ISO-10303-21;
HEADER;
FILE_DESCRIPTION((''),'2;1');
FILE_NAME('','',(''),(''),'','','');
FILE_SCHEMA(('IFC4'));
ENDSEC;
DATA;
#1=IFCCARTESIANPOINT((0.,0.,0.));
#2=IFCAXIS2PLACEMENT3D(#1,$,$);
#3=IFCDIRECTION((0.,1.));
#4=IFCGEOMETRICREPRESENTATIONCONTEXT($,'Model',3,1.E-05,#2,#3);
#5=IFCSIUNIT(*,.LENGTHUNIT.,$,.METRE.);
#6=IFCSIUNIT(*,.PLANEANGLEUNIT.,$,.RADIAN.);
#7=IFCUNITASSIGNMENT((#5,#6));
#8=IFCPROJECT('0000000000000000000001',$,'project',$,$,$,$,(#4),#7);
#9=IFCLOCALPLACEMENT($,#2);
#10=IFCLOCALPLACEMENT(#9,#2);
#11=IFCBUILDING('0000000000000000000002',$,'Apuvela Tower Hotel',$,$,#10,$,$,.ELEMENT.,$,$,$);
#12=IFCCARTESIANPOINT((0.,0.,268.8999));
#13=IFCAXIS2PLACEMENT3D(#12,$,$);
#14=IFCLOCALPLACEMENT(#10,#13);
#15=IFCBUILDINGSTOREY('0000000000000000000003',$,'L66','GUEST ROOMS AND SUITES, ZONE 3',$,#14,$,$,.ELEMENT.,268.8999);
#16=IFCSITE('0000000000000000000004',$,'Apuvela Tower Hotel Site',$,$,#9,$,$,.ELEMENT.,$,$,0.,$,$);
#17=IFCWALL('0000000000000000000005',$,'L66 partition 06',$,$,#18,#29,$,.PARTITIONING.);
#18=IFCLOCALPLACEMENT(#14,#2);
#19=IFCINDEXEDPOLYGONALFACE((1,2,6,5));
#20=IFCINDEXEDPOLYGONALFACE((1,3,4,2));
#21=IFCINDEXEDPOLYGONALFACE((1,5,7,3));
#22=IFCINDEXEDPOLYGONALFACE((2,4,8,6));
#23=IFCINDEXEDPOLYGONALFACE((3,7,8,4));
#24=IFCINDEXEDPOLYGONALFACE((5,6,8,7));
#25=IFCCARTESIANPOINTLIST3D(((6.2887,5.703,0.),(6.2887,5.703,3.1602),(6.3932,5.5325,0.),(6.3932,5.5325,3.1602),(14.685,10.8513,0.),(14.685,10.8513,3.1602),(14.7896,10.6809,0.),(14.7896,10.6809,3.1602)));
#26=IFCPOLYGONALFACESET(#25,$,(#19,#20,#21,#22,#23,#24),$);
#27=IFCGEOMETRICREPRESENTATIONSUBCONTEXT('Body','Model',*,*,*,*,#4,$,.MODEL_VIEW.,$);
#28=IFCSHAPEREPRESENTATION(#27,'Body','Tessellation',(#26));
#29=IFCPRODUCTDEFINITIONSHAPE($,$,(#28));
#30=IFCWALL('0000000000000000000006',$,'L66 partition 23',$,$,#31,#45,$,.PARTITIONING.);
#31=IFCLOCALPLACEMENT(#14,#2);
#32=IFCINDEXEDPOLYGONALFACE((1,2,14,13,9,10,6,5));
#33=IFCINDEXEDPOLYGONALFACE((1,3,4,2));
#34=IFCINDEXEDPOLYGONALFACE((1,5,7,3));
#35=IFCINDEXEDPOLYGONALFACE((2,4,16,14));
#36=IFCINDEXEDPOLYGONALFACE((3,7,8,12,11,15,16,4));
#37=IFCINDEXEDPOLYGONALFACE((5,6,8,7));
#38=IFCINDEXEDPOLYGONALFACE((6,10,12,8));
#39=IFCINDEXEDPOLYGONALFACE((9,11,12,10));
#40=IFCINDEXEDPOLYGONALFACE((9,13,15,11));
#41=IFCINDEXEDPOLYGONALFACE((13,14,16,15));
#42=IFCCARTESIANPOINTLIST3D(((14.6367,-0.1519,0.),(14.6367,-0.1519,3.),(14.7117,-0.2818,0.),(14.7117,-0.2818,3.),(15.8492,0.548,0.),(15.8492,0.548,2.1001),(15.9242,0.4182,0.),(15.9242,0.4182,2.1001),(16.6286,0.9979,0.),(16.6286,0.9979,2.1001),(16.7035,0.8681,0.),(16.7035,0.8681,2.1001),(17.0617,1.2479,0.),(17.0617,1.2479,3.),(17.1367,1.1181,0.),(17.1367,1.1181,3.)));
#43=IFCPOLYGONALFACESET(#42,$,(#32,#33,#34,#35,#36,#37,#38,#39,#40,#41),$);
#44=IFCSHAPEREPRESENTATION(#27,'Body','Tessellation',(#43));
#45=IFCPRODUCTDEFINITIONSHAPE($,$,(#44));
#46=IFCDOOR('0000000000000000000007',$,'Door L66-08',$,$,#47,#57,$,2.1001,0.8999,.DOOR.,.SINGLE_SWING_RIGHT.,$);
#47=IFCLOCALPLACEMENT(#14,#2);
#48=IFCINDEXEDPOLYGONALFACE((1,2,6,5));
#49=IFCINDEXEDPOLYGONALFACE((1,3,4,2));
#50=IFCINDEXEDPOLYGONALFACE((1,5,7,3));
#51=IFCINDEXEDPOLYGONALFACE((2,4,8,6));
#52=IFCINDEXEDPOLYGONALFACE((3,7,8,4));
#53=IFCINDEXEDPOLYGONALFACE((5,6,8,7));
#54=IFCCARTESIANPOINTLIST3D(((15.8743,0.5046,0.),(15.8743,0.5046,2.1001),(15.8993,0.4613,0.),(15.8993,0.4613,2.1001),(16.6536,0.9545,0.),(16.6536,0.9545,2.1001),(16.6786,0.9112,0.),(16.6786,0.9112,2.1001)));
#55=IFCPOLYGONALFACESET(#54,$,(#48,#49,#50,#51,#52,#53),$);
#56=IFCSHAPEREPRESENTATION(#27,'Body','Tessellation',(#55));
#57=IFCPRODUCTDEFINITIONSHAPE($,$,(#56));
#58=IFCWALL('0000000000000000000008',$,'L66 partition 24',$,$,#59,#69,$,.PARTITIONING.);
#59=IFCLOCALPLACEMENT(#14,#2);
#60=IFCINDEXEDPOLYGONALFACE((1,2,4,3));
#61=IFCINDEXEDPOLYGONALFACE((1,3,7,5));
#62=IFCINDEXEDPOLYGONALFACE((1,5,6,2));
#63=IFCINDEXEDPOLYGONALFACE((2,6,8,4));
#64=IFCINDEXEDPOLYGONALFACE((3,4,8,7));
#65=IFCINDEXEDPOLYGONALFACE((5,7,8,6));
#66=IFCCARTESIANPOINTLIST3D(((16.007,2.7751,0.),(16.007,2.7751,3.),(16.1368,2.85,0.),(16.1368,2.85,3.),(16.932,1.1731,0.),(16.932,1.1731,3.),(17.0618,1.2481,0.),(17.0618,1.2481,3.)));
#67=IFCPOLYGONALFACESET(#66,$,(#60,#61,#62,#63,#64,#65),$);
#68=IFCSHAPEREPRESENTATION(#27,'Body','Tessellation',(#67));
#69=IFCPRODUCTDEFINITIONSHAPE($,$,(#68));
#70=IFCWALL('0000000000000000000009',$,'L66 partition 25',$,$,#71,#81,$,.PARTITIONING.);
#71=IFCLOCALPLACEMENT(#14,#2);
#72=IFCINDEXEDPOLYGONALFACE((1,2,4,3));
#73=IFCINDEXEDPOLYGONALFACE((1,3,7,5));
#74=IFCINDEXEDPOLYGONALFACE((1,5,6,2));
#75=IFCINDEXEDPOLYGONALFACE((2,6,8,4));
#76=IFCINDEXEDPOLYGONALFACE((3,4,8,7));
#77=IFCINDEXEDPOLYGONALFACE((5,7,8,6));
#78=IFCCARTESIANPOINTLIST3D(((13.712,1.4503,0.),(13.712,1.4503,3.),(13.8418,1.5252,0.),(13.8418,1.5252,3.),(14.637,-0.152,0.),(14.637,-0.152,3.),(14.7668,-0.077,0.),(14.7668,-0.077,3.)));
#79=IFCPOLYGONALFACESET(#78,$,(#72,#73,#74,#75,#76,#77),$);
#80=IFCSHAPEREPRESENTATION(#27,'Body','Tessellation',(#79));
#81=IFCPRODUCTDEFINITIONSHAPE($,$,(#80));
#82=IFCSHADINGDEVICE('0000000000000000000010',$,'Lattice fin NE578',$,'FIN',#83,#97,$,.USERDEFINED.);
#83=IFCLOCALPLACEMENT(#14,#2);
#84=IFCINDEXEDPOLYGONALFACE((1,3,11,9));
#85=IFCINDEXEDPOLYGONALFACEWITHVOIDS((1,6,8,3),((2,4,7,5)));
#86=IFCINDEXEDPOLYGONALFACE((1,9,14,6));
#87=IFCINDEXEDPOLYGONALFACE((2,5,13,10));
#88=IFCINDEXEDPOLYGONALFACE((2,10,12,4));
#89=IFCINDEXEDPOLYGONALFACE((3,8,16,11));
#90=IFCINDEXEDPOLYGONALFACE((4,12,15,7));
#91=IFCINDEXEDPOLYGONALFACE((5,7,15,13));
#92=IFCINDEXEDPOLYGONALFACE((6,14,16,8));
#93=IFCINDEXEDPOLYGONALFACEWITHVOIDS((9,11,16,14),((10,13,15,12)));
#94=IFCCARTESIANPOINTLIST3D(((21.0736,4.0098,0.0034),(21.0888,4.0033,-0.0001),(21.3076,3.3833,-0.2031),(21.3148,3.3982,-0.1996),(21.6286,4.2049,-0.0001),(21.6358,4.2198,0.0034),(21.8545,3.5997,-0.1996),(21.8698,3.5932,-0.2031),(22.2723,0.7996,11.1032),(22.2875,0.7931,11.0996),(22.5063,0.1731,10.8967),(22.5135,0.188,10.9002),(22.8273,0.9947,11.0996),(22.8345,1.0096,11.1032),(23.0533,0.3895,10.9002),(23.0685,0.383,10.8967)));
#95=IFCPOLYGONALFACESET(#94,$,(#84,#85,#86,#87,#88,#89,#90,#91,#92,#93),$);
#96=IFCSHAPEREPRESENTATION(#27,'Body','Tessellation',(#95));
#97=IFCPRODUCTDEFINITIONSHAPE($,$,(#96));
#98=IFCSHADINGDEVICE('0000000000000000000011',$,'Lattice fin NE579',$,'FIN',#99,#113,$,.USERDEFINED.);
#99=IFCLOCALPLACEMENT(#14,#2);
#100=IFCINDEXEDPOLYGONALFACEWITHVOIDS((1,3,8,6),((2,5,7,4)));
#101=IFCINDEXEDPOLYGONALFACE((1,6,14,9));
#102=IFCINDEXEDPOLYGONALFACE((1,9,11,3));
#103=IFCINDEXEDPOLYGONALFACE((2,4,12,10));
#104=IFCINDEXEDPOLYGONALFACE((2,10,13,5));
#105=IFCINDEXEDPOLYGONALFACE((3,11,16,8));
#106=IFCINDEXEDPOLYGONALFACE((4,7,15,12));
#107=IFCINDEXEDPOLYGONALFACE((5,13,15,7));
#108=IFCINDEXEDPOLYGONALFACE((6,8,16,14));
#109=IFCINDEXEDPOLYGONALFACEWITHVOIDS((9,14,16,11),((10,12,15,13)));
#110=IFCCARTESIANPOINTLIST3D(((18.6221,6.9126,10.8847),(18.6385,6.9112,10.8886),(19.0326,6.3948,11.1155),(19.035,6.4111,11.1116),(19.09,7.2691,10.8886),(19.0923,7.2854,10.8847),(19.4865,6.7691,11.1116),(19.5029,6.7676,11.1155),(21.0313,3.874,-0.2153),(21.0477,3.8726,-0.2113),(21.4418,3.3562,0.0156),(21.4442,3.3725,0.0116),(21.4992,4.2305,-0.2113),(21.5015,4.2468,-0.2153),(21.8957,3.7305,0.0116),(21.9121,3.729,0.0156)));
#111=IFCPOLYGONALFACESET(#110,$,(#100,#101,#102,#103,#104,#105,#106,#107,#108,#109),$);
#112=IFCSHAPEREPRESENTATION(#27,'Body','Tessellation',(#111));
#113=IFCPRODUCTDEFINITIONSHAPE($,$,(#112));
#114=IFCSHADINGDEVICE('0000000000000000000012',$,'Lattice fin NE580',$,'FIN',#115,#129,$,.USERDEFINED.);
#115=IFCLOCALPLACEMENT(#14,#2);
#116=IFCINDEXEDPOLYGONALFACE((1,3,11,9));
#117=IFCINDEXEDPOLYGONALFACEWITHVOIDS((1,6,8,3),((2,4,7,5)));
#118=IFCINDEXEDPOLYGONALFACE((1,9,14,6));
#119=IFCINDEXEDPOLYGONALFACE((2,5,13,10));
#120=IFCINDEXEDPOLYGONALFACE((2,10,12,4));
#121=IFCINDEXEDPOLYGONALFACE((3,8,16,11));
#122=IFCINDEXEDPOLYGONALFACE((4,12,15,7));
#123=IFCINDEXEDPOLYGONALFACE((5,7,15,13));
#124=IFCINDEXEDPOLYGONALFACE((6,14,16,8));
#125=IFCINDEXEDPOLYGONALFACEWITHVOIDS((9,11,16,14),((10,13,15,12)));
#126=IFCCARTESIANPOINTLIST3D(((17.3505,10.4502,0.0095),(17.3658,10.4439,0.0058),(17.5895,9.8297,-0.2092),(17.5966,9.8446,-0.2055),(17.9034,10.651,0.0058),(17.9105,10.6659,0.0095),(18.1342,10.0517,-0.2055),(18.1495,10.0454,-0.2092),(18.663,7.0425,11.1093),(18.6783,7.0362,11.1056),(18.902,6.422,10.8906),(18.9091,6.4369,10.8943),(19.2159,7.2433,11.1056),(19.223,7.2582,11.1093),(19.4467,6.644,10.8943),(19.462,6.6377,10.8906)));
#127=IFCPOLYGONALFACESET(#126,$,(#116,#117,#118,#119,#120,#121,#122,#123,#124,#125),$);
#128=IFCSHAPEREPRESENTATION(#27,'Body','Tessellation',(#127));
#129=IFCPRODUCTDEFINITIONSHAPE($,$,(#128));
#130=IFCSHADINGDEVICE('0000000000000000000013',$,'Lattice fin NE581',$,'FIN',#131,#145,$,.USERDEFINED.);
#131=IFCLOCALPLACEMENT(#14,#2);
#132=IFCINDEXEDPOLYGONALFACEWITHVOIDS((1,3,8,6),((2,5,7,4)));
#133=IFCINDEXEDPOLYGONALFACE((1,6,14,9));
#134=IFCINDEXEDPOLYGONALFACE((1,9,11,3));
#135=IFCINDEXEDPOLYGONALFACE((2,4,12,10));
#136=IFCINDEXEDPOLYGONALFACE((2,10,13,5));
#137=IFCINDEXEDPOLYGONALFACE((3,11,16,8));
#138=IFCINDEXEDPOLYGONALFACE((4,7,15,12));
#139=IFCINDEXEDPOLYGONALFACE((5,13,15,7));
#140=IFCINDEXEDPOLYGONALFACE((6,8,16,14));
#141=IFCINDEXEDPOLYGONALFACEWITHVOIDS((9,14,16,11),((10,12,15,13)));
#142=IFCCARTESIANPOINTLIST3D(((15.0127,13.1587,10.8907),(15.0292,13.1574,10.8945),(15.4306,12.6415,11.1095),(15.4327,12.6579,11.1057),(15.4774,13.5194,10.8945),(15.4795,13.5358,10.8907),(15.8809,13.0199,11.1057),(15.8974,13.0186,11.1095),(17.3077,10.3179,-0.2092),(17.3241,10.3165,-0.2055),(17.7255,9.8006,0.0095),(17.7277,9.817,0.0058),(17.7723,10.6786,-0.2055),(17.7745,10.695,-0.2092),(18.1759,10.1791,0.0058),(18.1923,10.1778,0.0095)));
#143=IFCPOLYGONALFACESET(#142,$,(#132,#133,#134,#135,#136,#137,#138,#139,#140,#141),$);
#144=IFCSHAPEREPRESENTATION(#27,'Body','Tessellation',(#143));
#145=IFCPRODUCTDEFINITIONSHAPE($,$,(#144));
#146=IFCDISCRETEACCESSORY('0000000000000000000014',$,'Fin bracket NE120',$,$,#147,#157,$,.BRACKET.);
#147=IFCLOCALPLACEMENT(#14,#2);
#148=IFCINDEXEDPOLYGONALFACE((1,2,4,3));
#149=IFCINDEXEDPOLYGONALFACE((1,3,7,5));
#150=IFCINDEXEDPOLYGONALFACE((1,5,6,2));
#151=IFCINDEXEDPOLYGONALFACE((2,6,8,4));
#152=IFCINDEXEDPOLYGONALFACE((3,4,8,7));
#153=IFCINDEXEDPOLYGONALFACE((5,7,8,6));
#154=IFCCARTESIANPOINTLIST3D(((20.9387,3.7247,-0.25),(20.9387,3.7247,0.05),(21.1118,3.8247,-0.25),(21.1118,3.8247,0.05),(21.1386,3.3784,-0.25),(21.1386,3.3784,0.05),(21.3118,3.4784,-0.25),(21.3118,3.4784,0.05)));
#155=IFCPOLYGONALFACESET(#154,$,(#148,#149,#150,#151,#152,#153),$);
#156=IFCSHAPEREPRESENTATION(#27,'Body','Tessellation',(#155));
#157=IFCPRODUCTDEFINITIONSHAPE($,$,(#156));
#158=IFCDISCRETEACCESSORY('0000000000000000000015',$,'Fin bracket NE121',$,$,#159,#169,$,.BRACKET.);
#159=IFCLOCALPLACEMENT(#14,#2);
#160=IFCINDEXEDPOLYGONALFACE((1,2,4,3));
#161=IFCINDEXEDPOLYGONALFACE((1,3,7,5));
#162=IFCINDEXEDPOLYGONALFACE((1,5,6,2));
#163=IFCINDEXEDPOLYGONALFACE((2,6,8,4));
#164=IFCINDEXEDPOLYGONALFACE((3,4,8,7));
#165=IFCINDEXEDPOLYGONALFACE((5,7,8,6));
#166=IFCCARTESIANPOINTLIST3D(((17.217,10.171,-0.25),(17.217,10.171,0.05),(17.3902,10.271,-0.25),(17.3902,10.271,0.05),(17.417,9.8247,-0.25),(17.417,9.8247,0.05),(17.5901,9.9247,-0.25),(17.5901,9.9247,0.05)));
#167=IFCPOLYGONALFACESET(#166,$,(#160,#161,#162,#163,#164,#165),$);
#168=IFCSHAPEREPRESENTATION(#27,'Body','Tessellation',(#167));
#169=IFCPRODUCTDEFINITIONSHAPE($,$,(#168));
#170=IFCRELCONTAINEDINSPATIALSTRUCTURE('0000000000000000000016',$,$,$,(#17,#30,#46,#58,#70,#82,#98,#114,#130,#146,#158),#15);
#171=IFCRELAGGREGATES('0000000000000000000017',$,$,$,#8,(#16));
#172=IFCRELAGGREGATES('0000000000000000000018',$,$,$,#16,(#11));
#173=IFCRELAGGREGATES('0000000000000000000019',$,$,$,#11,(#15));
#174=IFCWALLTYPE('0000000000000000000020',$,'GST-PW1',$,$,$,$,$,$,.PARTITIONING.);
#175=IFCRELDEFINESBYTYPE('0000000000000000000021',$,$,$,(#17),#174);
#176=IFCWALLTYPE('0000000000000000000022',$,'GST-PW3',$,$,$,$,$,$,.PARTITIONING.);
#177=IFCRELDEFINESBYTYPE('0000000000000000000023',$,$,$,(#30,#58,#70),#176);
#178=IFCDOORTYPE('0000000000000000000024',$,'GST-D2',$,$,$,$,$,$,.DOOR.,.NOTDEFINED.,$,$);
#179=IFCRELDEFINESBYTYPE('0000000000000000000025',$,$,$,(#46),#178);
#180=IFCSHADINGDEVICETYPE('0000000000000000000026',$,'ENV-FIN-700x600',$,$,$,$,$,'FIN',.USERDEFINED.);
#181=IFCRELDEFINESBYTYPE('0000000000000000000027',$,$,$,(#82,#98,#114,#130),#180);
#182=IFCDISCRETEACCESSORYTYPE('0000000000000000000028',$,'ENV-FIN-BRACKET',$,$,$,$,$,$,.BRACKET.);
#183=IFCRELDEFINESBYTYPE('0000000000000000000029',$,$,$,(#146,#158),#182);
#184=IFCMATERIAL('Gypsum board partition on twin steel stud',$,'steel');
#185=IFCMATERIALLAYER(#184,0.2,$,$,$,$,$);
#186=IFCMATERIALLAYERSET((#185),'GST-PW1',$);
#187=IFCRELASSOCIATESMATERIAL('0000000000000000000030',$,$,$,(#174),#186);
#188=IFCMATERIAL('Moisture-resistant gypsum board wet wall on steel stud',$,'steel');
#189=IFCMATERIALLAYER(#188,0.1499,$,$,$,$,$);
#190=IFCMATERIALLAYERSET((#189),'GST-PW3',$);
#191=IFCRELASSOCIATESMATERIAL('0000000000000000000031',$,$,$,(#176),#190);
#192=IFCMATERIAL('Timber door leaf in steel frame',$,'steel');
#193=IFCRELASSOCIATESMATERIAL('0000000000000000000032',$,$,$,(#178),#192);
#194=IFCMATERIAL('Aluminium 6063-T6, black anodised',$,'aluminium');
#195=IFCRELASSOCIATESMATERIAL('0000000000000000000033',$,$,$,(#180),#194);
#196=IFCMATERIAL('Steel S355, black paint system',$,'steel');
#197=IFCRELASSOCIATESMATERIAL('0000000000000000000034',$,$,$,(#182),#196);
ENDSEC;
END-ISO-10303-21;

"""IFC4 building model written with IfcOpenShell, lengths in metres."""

from ifc_helpers import new_model, si_unit, direction, frame, frame_2d, origin, origin_2d, place, context, subcontext, project, spatial, rectangle, hollow_rectangle, extrude, material, layer, layer_set, material_profile, profile_set, type_object, element, fill, save


model = new_model("IFC4")

# Units and contexts
model_context = context("Model", 3, precision=1e-05, world=origin(), true_north=direction((0.0, 1.0)))
body_context = subcontext(model_context, "Body", "Model", "MODEL_VIEW")
ifc_project = project(units=[si_unit("LENGTHUNIT", "METRE"), si_unit("PLANEANGLEUNIT", "RADIAN")], contexts=[model_context])

# Site, building, storey
site_placement = place(None, origin())
site = spatial("IfcSite", under=ifc_project, at=site_placement, Name="Apuvela Tower Hotel Site", CompositionType="ELEMENT", RefElevation=0.0)
building_placement = place(site_placement, origin())
building = spatial("IfcBuilding", under=site, at=building_placement, Name="Apuvela Tower Hotel", CompositionType="ELEMENT")
storey_placement = place(building_placement, frame((0.0, 0.0, 268.8999)))
storey = spatial("IfcBuildingStorey", under=building, at=storey_placement, Name="L66", Description="GUEST ROOMS AND SUITES, ZONE 3", CompositionType="ELEMENT", Elevation=268.8999)

# Wall
ifc_material_1 = material(Name="Gypsum board partition on twin steel stud", Category="steel")
ifc_layer_1 = layer(ifc_material_1, 0.2)
ifc_layer_set_1 = layer_set([ifc_layer_1], Name="GST-PW1")
wall_type_1 = type_object("IfcWallType", Name="GST-PW1", PredefinedType="PARTITIONING", material=ifc_layer_set_1)
wall_1_placement = place(storey_placement, frame((14.7373, 10.7661, 0.0), z_axis=(0.0, 0.0, 1.0), x_axis=(-0.852501, -0.522725, 0.0)))
element("IfcWall", 1, at=wall_1_placement, inside=storey, type_object=wall_type_1, Name="L66 partition 06", PredefinedType="PARTITIONING", context=body_context, shape_type="SweptSolid", body=[
    extrude(rectangle(XDim=9.8491, YDim=0.2, at=frame_2d((4.9246, 0.0))), origin(), (0.0, 0.0, 1.0), 3.1602),
])

# Wall, opening, door
ifc_material_2 = material(Name="Moisture-resistant gypsum board wet wall on steel stud", Category="steel")
ifc_layer_2 = layer(ifc_material_2, 0.1499)
ifc_layer_set_2 = layer_set([ifc_layer_2], Name="GST-PW3")
wall_type_2 = type_object("IfcWallType", Name="GST-PW3", PredefinedType="PARTITIONING", material=ifc_layer_set_2)
wall_2_placement = place(storey_placement, frame((14.6743, -0.2168, 0.0), z_axis=(0.0, 0.0, 1.0), x_axis=(0.866056, 0.499946, 0.0)))
wall_2 = element("IfcWall", 2, at=wall_2_placement, inside=storey, type_object=wall_type_2, Name="L66 partition 23", PredefinedType="PARTITIONING", context=body_context, shape_type="SweptSolid", body=[
    extrude(rectangle(XDim=2.8, YDim=0.1499, at=frame_2d((1.3999, 0.0))), origin(), (0.0, 0.0, 1.0), 3.0),
])
opening_1_placement = place(wall_2_placement, frame((1.3999, 0.0, 0.0)))
opening_1 = element("IfcOpeningElement", 3, at=opening_1_placement, cuts=wall_2, PredefinedType="OPENING", context=body_context, shape_type="SweptSolid", body=[
    extrude(rectangle(XDim=0.8999, YDim=2.1001, at=frame_2d((0.45, 1.05))), frame((0.0, 0.085, 0.0), z_axis=(0.0, -1.0, 0.0), x_axis=(1.0, 0.0, 0.0)), (0.0, 0.0, 1.0), 0.1699),
])
ifc_material_3 = material(Name="Timber door leaf in steel frame", Category="steel")
door_type_1 = type_object("IfcDoorType", Name="GST-D2", OperationType="NOTDEFINED", PredefinedType="DOOR", material=ifc_material_3)
door_1_placement = place(opening_1_placement, origin())
door_1 = element("IfcDoor", 4, at=door_1_placement, inside=storey, type_object=door_type_1, Name="Door L66-08", OperationType="SINGLE_SWING_RIGHT", OverallHeight=2.1001, OverallWidth=0.8999, PredefinedType="DOOR", context=body_context, shape_type="SweptSolid", body=[
    extrude(rectangle(XDim=0.8999, YDim=2.1001, at=frame_2d((0.45, 1.05))), frame((0.0, 0.0249, 0.0), z_axis=(0.0, -1.0, 0.0), x_axis=(1.0, 0.0, 0.0)), (0.0, 0.0, 1.0), 0.05),
])
fill(opening_1, door_1)

# Walls
wall_3_placement = place(storey_placement, frame((16.9968, 1.2107, 0.0), z_axis=(0.0, 0.0, 1.0), x_axis=(-0.500042, 0.866001, 0.0)))
element("IfcWall", 5, at=wall_3_placement, inside=storey, type_object=wall_type_2, Name="L66 partition 24", PredefinedType="PARTITIONING", context=body_context, shape_type="SweptSolid", body=[
    extrude(rectangle(XDim=1.8499, YDim=0.1499, at=frame_2d((0.9248, 0.0))), origin(), (0.0, 0.0, 1.0), 3.0),
])
wall_4_placement = place(storey_placement, frame((14.7019, -0.1145, 0.0), z_axis=(0.0, 0.0, 1.0), x_axis=(-0.499985, 0.866034, 0.0)))
element("IfcWall", 6, at=wall_4_placement, inside=storey, type_object=wall_type_2, Name="L66 partition 25", PredefinedType="PARTITIONING", context=body_context, shape_type="SweptSolid", body=[
    extrude(rectangle(XDim=1.8501, YDim=0.1499, at=frame_2d((0.925, 0.0))), origin(), (0.0, 0.0, 1.0), 3.0),
])

# Shading devices
ifc_material_4 = material(Name="Aluminium 6063-T6, black anodised", Category="aluminium")
ifc_material_profile_1 = material_profile(ifc_material_4, hollow_rectangle(XDim=0.6001, YDim=0.7, WallThickness=0.012, at=origin_2d()), Name="AL BOX 700x600x12")
ifc_profile_set_1 = profile_set([ifc_material_profile_1], Name="Aluminium 6063-T6, black anodised")
shading_device_type = type_object("IfcShadingDeviceType", Name="ENV-FIN-700x600", ElementType="FIN", PredefinedType="USERDEFINED", material=ifc_profile_set_1)
shading_device_1_placement = place(storey_placement, frame((21.4717, 3.8015, -0.0999), z_axis=(0.10319, -0.276343, 0.955503), x_axis=(0.936817, 0.349819, 0.0)))
element("IfcShadingDevice", 7, at=shading_device_1_placement, inside=storey, type_object=shading_device_type, Name="Lattice fin NE578", ObjectType="FIN", PredefinedType="USERDEFINED", context=body_context, shape_type="SweptSolid", body=[
    extrude(hollow_rectangle(XDim=0.6001, YDim=0.7, WallThickness=0.012, at=origin_2d()), origin(), (0.0, 0.0, 1.0), 11.6167),
])
shading_device_2_placement = place(storey_placement, frame((21.4717, 3.8015, -0.0999), z_axis=(-0.204902, 0.258432, 0.944049), x_axis=(-0.783589, -0.62128, 0.0)))
element("IfcShadingDevice", 8, at=shading_device_2_placement, inside=storey, type_object=shading_device_type, Name="Lattice fin NE579", ObjectType="FIN", PredefinedType="USERDEFINED", context=body_context, shape_type="SweptSolid", body=[
    extrude(hollow_rectangle(XDim=0.6001, YDim=0.7, WallThickness=0.012, at=origin_2d()), origin(), (0.0, 0.0, 1.0), 11.7578),
])
shading_device_3_placement = place(storey_placement, frame((17.75, 10.2478, -0.0999), z_axis=(0.112322, -0.291629, 0.949914), x_axis=(0.933177, 0.359418, 0.0)))
element("IfcShadingDevice", 9, at=shading_device_3_placement, inside=storey, type_object=shading_device_type, Name="Lattice fin NE580", ObjectType="FIN", PredefinedType="USERDEFINED", context=body_context, shape_type="SweptSolid", body=[
    extrude(hollow_rectangle(XDim=0.6001, YDim=0.7, WallThickness=0.012, at=origin_2d()), origin(), (0.0, 0.0, 1.0), 11.6851),
])
shading_device_4_placement = place(storey_placement, frame((17.75, 10.2478, -0.0999), z_axis=(-0.196396, 0.243113, 0.949908), x_axis=(-0.777886, -0.628406, 0.0)))
element("IfcShadingDevice", 10, at=shading_device_4_placement, inside=storey, type_object=shading_device_type, Name="Lattice fin NE581", ObjectType="FIN", PredefinedType="USERDEFINED", context=body_context, shape_type="SweptSolid", body=[
    extrude(hollow_rectangle(XDim=0.6001, YDim=0.7, WallThickness=0.012, at=origin_2d()), origin(), (0.0, 0.0, 1.0), 11.6853),
])

# Discrete accessories
ifc_material_5 = material(Name="Steel S355, black paint system", Category="steel")
discrete_accessory_type = type_object("IfcDiscreteAccessoryType", Name="ENV-FIN-BRACKET", PredefinedType="BRACKET", material=ifc_material_5)
for number, where, z_axis, x_axis, name in (
    (11, (21.1252, 3.6016, -0.25), (0.0, 0.0, 1.0), (-0.5, 0.866025, 0.0), "Fin bracket NE120"),
    (12, (17.4036, 10.0479, -0.25), (0.0, 0.0, 1.0), (-0.5, 0.866025, 0.0), "Fin bracket NE121"),
):
    element("IfcDiscreteAccessory", number, at=place(storey_placement, frame(where, z_axis=z_axis, x_axis=x_axis)), inside=storey, type_object=discrete_accessory_type, Name=name, PredefinedType="BRACKET", context=body_context, shape_type="SweptSolid", body=[
        extrude(rectangle(XDim=0.3999, YDim=0.2, at=origin_2d()), origin(), (0.0, 0.0, 1.0), 0.3),
    ])

save(model, "model.ifc")
